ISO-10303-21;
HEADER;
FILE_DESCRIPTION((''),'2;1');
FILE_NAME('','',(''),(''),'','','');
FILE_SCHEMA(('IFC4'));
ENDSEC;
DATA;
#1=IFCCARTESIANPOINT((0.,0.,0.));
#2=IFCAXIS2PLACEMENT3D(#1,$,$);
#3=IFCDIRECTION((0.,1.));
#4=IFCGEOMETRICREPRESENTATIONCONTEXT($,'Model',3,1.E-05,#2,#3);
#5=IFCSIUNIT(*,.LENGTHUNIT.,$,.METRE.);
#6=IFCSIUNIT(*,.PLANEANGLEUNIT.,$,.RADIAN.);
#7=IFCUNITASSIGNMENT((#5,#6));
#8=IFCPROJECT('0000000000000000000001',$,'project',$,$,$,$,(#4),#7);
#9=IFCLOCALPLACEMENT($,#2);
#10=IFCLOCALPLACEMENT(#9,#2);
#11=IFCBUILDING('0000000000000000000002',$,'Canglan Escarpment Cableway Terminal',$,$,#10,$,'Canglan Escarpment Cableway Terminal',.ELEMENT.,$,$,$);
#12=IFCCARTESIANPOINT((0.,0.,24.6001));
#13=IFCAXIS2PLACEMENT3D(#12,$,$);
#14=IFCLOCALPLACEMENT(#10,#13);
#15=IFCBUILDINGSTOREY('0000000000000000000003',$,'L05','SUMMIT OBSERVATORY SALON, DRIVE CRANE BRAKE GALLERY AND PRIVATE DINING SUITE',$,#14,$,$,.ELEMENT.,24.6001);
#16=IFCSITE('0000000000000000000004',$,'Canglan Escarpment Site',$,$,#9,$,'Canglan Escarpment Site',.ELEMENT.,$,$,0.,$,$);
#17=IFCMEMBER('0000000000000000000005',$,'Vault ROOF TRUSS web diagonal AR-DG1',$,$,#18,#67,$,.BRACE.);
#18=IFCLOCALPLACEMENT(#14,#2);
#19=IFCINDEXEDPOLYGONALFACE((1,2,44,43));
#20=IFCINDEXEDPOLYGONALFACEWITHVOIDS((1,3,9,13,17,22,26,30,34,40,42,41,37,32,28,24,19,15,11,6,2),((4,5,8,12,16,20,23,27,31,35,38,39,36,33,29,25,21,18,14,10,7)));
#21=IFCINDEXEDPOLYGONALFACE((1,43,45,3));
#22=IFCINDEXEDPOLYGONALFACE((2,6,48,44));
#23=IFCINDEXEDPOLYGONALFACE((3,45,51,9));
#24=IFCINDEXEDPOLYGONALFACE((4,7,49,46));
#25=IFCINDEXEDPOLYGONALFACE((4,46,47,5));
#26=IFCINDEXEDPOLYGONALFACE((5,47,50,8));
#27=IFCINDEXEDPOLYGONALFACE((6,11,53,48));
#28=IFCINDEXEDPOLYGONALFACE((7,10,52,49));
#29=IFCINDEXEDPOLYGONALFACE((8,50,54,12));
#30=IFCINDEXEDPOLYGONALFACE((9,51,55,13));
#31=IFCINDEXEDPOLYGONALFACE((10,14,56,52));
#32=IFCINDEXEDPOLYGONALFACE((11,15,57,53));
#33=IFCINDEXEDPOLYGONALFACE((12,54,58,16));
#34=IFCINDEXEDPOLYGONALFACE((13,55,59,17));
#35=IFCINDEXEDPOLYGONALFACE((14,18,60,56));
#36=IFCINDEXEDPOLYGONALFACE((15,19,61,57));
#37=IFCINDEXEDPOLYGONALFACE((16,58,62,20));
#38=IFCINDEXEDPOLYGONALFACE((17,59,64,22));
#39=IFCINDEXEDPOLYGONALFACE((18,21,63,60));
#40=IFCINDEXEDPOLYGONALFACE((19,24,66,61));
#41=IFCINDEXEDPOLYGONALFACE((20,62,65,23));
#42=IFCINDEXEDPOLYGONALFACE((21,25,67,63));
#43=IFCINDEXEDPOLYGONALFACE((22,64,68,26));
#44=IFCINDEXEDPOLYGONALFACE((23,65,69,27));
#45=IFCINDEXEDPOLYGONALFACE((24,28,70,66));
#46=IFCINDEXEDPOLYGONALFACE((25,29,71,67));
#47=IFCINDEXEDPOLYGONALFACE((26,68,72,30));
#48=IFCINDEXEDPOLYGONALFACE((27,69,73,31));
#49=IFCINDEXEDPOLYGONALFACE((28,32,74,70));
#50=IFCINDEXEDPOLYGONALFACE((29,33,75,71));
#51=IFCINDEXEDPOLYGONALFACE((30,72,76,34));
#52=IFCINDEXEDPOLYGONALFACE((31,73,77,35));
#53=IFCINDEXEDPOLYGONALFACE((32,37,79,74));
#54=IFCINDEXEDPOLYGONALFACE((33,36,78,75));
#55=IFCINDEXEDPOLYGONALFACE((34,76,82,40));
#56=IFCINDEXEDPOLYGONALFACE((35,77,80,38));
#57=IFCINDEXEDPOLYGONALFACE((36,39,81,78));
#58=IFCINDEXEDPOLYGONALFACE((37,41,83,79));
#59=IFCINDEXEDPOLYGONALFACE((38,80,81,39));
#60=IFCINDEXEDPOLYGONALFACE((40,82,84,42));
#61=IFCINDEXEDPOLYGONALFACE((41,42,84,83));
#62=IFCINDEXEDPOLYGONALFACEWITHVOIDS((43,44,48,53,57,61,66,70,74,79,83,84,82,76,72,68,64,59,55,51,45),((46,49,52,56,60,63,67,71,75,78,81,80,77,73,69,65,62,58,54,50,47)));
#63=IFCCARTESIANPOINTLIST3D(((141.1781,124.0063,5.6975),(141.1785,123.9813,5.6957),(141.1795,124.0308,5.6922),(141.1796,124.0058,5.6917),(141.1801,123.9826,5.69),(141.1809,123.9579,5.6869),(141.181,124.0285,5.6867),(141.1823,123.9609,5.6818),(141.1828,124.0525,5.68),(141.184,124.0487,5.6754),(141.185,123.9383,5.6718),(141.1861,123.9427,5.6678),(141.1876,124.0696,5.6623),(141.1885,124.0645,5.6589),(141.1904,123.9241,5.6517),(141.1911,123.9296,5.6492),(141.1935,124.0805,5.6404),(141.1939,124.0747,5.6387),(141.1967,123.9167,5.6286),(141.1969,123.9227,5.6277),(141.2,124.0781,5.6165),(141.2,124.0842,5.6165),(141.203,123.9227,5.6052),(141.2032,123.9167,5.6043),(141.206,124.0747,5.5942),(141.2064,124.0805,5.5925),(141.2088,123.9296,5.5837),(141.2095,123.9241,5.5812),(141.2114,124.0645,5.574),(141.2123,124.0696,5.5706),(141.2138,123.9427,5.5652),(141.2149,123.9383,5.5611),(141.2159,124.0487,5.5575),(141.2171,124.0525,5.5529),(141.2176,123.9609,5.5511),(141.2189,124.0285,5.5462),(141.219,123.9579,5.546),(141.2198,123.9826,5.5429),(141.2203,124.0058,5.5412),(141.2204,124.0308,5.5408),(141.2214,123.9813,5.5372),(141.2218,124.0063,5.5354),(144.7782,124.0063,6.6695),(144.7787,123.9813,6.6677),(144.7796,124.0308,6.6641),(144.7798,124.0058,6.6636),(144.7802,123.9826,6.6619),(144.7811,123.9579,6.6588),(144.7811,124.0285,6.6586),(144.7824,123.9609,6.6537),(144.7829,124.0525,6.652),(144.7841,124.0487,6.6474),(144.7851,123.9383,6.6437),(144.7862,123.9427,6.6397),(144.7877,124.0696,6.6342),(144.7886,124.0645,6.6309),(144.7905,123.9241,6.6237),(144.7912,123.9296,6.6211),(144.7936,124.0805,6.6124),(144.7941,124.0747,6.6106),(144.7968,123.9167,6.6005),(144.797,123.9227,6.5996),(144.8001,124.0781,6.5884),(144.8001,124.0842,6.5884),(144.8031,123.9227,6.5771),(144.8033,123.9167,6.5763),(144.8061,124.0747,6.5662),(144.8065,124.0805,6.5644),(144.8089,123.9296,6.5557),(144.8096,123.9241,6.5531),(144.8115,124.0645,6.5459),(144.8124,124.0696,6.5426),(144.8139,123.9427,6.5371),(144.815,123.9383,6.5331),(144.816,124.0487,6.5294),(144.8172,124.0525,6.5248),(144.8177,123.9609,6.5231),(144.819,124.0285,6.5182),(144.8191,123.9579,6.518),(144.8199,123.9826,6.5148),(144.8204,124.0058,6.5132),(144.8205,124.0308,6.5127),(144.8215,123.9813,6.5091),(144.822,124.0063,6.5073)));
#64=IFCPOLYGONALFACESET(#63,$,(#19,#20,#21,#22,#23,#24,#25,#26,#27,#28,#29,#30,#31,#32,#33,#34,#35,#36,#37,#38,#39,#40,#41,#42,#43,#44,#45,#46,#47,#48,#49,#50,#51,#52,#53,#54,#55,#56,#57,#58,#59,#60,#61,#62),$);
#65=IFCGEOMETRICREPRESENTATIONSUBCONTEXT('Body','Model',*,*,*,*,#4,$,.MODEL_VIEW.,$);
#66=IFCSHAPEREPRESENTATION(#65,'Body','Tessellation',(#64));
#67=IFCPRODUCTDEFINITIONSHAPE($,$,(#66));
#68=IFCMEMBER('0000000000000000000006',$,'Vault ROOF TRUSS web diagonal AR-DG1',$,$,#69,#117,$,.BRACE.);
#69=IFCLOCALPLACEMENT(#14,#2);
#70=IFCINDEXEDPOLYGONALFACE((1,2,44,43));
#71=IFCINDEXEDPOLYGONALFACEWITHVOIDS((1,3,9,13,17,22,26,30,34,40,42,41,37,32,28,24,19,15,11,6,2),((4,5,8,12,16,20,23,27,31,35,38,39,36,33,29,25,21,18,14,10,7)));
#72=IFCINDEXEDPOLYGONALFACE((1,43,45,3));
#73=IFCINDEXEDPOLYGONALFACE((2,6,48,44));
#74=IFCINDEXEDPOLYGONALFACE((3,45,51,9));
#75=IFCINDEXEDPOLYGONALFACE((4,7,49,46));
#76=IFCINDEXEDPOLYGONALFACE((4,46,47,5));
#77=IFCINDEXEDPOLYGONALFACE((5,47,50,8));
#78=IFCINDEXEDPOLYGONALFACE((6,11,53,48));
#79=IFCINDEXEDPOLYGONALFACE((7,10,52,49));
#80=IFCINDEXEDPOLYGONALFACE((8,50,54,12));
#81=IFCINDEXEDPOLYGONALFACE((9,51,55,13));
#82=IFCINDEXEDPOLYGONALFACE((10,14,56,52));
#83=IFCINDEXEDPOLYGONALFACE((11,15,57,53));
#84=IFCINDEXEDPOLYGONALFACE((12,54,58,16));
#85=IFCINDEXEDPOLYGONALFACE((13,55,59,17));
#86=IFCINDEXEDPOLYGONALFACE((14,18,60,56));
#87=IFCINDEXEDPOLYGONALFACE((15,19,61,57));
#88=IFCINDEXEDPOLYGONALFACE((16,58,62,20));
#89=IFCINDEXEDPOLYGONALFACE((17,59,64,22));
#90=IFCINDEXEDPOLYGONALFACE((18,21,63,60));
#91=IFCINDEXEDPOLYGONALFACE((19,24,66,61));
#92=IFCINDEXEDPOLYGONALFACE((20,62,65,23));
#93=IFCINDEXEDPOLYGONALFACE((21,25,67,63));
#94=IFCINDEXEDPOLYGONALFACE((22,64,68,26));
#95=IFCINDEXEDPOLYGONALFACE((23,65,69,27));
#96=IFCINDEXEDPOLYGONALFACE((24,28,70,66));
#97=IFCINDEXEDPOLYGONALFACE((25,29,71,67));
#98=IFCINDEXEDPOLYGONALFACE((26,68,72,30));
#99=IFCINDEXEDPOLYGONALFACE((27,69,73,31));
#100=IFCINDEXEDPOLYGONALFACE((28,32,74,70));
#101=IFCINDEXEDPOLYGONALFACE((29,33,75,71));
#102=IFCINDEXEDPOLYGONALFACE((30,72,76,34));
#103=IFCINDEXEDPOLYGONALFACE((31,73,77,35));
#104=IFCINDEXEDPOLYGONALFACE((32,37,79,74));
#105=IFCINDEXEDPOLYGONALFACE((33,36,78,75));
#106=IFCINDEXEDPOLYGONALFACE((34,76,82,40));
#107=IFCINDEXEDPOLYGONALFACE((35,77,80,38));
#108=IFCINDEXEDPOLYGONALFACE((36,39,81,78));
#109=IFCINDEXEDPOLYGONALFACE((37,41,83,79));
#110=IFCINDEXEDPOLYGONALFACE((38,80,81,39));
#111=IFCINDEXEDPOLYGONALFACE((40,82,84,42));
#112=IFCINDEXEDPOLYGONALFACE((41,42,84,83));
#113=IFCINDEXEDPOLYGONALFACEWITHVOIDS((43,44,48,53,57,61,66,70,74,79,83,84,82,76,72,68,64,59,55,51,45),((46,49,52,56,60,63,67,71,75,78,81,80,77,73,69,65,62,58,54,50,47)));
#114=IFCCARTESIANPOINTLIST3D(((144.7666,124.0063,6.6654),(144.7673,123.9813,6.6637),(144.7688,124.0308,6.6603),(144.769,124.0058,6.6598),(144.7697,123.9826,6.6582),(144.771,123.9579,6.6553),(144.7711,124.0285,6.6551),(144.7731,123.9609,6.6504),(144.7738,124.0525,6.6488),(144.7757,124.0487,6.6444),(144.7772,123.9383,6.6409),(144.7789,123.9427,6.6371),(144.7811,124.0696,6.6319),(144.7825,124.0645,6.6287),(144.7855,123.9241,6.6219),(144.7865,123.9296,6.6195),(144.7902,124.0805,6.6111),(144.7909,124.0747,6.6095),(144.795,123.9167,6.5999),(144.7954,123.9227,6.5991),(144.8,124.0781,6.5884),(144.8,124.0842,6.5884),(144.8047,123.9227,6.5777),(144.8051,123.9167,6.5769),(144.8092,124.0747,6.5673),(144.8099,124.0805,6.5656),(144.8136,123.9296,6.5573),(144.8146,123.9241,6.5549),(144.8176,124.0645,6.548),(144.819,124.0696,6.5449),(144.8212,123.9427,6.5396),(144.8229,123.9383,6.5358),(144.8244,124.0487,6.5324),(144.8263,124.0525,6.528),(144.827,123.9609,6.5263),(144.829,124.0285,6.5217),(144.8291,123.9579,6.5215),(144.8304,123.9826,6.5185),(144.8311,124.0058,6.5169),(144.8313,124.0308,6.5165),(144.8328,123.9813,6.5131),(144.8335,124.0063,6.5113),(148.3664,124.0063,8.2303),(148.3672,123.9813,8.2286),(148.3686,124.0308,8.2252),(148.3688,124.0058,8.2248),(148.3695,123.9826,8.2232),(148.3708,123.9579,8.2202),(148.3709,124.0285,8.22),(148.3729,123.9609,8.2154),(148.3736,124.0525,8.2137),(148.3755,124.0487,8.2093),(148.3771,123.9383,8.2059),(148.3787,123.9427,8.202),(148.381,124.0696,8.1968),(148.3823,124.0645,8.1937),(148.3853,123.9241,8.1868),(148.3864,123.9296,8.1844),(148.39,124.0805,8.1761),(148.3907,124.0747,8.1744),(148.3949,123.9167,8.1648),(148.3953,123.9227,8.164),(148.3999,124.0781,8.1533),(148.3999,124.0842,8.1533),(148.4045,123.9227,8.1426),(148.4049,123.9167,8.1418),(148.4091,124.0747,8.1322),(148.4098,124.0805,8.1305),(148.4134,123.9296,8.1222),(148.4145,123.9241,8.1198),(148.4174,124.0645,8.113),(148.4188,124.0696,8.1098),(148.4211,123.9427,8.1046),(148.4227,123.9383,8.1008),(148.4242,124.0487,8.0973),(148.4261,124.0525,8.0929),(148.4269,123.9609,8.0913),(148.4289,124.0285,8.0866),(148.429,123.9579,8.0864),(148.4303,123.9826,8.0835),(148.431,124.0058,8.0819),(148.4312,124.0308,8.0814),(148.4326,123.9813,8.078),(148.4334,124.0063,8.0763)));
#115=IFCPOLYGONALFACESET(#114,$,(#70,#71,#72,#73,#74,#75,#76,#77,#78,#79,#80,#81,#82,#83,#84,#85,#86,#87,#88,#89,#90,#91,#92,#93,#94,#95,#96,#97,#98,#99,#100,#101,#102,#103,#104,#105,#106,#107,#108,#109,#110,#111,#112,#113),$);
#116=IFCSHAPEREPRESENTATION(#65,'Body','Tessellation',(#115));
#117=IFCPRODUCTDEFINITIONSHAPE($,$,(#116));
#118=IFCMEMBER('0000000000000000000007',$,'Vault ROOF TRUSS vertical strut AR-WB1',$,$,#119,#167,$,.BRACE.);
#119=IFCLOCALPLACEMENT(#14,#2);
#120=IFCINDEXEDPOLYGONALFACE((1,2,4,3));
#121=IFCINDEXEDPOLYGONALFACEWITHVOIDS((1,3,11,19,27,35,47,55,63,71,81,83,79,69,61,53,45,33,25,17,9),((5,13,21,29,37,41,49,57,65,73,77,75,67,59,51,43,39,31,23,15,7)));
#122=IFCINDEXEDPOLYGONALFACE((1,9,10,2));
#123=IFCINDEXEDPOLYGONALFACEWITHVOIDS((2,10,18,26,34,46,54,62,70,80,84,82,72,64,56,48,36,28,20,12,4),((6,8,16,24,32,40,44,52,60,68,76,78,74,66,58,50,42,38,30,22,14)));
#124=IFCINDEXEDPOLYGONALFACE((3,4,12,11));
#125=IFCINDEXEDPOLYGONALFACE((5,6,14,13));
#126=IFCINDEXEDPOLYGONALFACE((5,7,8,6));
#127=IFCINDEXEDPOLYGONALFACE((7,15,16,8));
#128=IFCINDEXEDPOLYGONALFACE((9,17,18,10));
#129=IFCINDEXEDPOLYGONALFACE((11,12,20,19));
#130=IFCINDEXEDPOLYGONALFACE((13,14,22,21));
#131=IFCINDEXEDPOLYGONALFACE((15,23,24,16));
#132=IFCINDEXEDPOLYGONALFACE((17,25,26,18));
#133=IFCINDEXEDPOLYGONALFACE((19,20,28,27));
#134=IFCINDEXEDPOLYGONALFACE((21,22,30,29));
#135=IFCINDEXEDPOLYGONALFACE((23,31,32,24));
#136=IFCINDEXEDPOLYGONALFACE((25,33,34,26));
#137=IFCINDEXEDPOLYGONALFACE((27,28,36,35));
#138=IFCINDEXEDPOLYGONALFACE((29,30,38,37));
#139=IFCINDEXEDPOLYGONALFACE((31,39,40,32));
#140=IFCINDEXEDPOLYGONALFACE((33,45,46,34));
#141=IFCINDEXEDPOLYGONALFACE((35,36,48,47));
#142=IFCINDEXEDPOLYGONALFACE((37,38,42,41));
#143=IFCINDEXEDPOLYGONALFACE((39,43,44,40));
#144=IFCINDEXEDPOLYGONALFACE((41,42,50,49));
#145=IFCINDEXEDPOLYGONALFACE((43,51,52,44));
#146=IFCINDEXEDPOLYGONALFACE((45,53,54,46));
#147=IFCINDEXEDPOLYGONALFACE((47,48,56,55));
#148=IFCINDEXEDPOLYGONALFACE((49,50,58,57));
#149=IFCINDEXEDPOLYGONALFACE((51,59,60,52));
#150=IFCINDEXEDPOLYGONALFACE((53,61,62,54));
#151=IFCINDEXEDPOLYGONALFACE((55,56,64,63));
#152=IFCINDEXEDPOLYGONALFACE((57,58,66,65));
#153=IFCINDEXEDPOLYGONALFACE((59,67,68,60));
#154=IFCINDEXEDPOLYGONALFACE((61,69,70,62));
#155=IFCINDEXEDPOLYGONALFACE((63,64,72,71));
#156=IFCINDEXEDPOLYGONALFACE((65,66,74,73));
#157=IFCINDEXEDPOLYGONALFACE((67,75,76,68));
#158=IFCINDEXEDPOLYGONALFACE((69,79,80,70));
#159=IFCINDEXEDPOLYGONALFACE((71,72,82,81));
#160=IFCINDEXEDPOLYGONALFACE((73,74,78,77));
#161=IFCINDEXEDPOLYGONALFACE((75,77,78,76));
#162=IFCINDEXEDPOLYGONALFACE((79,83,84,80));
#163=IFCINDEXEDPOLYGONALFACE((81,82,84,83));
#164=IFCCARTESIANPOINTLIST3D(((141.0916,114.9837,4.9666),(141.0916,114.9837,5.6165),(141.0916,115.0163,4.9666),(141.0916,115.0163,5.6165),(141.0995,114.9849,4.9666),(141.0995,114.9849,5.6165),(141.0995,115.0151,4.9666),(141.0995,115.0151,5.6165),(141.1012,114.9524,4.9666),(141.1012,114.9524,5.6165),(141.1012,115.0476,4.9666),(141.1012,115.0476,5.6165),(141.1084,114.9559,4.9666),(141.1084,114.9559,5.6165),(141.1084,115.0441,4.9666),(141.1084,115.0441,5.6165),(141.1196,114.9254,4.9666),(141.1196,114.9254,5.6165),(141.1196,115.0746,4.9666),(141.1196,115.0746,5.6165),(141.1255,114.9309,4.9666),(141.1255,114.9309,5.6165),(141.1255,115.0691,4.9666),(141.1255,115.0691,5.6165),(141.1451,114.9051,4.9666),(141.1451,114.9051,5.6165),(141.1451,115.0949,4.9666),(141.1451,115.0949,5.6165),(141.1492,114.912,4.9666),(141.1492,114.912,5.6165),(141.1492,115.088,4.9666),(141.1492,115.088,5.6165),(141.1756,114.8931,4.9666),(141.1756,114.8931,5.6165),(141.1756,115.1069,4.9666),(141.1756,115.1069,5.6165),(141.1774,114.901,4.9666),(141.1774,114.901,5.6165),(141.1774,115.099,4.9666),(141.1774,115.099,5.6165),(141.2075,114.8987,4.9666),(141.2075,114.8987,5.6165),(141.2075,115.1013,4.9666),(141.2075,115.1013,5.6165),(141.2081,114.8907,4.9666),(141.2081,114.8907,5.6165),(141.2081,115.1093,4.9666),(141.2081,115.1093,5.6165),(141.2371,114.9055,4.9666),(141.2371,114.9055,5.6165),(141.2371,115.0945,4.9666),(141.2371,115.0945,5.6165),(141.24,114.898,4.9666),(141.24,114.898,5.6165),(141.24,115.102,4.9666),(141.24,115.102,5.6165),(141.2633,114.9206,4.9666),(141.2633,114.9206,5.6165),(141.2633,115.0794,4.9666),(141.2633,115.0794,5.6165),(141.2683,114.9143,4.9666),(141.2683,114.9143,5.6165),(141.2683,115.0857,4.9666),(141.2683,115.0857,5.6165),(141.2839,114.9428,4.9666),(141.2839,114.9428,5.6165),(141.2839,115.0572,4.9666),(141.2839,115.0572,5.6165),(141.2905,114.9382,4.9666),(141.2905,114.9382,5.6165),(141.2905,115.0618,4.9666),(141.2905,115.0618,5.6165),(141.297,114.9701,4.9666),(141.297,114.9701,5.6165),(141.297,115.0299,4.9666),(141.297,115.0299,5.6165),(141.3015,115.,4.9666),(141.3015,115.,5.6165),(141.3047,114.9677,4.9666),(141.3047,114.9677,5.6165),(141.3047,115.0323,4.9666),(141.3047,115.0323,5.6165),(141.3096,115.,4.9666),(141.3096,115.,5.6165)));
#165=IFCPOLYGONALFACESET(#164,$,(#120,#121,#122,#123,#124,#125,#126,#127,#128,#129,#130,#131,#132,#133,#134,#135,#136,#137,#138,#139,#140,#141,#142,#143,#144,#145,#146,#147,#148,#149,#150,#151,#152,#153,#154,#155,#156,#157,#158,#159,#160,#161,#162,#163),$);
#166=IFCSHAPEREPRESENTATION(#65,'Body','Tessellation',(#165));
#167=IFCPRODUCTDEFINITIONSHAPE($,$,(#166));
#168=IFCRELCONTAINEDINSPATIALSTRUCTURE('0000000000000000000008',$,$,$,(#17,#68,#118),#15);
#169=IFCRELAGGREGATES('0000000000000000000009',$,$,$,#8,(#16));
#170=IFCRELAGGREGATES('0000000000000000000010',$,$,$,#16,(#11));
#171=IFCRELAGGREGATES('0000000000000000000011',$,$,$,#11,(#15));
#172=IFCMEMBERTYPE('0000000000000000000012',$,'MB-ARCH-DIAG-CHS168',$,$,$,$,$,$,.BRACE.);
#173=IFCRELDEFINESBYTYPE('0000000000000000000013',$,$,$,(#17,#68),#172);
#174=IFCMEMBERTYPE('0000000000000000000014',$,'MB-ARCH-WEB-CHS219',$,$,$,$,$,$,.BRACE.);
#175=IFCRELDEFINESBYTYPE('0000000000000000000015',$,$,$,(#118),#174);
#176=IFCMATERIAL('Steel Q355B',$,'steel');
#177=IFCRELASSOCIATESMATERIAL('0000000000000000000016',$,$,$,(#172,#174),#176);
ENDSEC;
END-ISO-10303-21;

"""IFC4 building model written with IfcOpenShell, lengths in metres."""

from ifc_helpers import new_model, si_unit, direction, frame, origin, origin_2d, place, context, subcontext, project, spatial, hollow_circle, extrude, material, material_profile, profile_set, type_object, element, save


model = new_model("IFC4")

# Units and contexts
model_context = context("Model", 3, precision=1e-05, world=origin(), true_north=direction((0.0, 1.0)))
body_context = subcontext(model_context, "Body", "Model", "MODEL_VIEW")
ifc_project = project(units=[si_unit("LENGTHUNIT", "METRE"), si_unit("PLANEANGLEUNIT", "RADIAN")], contexts=[model_context])

# Site, building, storey
site_placement = place(None, origin())
site = spatial("IfcSite", under=ifc_project, at=site_placement, Name="Canglan Escarpment Site", LongName="Canglan Escarpment Site", CompositionType="ELEMENT", RefElevation=0.0)
building_placement = place(site_placement, origin())
building = spatial("IfcBuilding", under=site, at=building_placement, Name="Canglan Escarpment Cableway Terminal", LongName="Canglan Escarpment Cableway Terminal", CompositionType="ELEMENT")
storey_placement = place(building_placement, frame((0.0, 0.0, 24.6001)))
storey = spatial("IfcBuildingStorey", under=building, at=storey_placement, Name="L05", Description="SUMMIT OBSERVATORY SALON, DRIVE CRANE BRAKE GALLERY AND PRIVATE DINING SUITE", CompositionType="ELEMENT", Elevation=24.6001)

# Shared definitions
ifc_material_1 = material(Name="Steel Q355B", Category="steel")

# Members
ifc_material_profile_1 = material_profile(ifc_material_1, hollow_circle(Radius=0.0842, WallThickness=0.0061, at=origin_2d()), Name="CHS 168.3x6")
ifc_profile_set_1 = profile_set([ifc_material_profile_1], Name="Steel Q355B")
member_type_1 = type_object("IfcMemberType", Name="MB-ARCH-DIAG-CHS168", PredefinedType="BRACE", material=ifc_profile_set_1)
member_1_placement = place(storey_placement, frame((141.2, 124.0, 5.6165), z_axis=(0.965436, 0.0, 0.26064), x_axis=(0.0, 1.0, 0.0)))
element("IfcMember", 1, at=member_1_placement, inside=storey, type_object=member_type_1, Name="Vault ROOF TRUSS web diagonal AR-DG1", PredefinedType="BRACE", context=body_context, shape_type="SweptSolid", body=[
    extrude(hollow_circle(Radius=0.0842, WallThickness=0.0061, at=origin_2d()), origin(), (0.0, 0.0, 1.0), 3.729),
])
member_2_placement = place(storey_placement, frame((144.8, 124.0, 6.5884), z_axis=(0.91709, 0.0, 0.398681), x_axis=(0.0, 1.0, 0.0)))
element("IfcMember", 2, at=member_2_placement, inside=storey, type_object=member_type_1, Name="Vault ROOF TRUSS web diagonal AR-DG1", PredefinedType="BRACE", context=body_context, shape_type="SweptSolid", body=[
    extrude(hollow_circle(Radius=0.0842, WallThickness=0.0061, at=origin_2d()), origin(), (0.0, 0.0, 1.0), 3.9253),
])
ifc_material_profile_2 = material_profile(ifc_material_1, hollow_circle(Radius=0.1096, WallThickness=0.0081, at=origin_2d()), Name="CHS 219.1x8")
ifc_profile_set_2 = profile_set([ifc_material_profile_2], Name="Steel Q355B")
member_type_2 = type_object("IfcMemberType", Name="MB-ARCH-WEB-CHS219", PredefinedType="BRACE", material=ifc_profile_set_2)
for number, where, z_axis, x_axis, name in (
    (3, (141.2, 115.0, 4.9666), (0.0, 0.0, 1.0), (1.0, 0.0, 0.0), "Vault ROOF TRUSS vertical strut AR-WB1"),
):
    element("IfcMember", number, at=place(storey_placement, frame(where, z_axis=z_axis, x_axis=x_axis)), inside=storey, type_object=member_type_2, Name=name, PredefinedType="BRACE", context=body_context, shape_type="SweptSolid", body=[
        extrude(hollow_circle(Radius=0.1096, WallThickness=0.0081, at=origin_2d()), origin(), (0.0, 0.0, 1.0), 0.6499),
    ])

save(model, "model.ifc")
